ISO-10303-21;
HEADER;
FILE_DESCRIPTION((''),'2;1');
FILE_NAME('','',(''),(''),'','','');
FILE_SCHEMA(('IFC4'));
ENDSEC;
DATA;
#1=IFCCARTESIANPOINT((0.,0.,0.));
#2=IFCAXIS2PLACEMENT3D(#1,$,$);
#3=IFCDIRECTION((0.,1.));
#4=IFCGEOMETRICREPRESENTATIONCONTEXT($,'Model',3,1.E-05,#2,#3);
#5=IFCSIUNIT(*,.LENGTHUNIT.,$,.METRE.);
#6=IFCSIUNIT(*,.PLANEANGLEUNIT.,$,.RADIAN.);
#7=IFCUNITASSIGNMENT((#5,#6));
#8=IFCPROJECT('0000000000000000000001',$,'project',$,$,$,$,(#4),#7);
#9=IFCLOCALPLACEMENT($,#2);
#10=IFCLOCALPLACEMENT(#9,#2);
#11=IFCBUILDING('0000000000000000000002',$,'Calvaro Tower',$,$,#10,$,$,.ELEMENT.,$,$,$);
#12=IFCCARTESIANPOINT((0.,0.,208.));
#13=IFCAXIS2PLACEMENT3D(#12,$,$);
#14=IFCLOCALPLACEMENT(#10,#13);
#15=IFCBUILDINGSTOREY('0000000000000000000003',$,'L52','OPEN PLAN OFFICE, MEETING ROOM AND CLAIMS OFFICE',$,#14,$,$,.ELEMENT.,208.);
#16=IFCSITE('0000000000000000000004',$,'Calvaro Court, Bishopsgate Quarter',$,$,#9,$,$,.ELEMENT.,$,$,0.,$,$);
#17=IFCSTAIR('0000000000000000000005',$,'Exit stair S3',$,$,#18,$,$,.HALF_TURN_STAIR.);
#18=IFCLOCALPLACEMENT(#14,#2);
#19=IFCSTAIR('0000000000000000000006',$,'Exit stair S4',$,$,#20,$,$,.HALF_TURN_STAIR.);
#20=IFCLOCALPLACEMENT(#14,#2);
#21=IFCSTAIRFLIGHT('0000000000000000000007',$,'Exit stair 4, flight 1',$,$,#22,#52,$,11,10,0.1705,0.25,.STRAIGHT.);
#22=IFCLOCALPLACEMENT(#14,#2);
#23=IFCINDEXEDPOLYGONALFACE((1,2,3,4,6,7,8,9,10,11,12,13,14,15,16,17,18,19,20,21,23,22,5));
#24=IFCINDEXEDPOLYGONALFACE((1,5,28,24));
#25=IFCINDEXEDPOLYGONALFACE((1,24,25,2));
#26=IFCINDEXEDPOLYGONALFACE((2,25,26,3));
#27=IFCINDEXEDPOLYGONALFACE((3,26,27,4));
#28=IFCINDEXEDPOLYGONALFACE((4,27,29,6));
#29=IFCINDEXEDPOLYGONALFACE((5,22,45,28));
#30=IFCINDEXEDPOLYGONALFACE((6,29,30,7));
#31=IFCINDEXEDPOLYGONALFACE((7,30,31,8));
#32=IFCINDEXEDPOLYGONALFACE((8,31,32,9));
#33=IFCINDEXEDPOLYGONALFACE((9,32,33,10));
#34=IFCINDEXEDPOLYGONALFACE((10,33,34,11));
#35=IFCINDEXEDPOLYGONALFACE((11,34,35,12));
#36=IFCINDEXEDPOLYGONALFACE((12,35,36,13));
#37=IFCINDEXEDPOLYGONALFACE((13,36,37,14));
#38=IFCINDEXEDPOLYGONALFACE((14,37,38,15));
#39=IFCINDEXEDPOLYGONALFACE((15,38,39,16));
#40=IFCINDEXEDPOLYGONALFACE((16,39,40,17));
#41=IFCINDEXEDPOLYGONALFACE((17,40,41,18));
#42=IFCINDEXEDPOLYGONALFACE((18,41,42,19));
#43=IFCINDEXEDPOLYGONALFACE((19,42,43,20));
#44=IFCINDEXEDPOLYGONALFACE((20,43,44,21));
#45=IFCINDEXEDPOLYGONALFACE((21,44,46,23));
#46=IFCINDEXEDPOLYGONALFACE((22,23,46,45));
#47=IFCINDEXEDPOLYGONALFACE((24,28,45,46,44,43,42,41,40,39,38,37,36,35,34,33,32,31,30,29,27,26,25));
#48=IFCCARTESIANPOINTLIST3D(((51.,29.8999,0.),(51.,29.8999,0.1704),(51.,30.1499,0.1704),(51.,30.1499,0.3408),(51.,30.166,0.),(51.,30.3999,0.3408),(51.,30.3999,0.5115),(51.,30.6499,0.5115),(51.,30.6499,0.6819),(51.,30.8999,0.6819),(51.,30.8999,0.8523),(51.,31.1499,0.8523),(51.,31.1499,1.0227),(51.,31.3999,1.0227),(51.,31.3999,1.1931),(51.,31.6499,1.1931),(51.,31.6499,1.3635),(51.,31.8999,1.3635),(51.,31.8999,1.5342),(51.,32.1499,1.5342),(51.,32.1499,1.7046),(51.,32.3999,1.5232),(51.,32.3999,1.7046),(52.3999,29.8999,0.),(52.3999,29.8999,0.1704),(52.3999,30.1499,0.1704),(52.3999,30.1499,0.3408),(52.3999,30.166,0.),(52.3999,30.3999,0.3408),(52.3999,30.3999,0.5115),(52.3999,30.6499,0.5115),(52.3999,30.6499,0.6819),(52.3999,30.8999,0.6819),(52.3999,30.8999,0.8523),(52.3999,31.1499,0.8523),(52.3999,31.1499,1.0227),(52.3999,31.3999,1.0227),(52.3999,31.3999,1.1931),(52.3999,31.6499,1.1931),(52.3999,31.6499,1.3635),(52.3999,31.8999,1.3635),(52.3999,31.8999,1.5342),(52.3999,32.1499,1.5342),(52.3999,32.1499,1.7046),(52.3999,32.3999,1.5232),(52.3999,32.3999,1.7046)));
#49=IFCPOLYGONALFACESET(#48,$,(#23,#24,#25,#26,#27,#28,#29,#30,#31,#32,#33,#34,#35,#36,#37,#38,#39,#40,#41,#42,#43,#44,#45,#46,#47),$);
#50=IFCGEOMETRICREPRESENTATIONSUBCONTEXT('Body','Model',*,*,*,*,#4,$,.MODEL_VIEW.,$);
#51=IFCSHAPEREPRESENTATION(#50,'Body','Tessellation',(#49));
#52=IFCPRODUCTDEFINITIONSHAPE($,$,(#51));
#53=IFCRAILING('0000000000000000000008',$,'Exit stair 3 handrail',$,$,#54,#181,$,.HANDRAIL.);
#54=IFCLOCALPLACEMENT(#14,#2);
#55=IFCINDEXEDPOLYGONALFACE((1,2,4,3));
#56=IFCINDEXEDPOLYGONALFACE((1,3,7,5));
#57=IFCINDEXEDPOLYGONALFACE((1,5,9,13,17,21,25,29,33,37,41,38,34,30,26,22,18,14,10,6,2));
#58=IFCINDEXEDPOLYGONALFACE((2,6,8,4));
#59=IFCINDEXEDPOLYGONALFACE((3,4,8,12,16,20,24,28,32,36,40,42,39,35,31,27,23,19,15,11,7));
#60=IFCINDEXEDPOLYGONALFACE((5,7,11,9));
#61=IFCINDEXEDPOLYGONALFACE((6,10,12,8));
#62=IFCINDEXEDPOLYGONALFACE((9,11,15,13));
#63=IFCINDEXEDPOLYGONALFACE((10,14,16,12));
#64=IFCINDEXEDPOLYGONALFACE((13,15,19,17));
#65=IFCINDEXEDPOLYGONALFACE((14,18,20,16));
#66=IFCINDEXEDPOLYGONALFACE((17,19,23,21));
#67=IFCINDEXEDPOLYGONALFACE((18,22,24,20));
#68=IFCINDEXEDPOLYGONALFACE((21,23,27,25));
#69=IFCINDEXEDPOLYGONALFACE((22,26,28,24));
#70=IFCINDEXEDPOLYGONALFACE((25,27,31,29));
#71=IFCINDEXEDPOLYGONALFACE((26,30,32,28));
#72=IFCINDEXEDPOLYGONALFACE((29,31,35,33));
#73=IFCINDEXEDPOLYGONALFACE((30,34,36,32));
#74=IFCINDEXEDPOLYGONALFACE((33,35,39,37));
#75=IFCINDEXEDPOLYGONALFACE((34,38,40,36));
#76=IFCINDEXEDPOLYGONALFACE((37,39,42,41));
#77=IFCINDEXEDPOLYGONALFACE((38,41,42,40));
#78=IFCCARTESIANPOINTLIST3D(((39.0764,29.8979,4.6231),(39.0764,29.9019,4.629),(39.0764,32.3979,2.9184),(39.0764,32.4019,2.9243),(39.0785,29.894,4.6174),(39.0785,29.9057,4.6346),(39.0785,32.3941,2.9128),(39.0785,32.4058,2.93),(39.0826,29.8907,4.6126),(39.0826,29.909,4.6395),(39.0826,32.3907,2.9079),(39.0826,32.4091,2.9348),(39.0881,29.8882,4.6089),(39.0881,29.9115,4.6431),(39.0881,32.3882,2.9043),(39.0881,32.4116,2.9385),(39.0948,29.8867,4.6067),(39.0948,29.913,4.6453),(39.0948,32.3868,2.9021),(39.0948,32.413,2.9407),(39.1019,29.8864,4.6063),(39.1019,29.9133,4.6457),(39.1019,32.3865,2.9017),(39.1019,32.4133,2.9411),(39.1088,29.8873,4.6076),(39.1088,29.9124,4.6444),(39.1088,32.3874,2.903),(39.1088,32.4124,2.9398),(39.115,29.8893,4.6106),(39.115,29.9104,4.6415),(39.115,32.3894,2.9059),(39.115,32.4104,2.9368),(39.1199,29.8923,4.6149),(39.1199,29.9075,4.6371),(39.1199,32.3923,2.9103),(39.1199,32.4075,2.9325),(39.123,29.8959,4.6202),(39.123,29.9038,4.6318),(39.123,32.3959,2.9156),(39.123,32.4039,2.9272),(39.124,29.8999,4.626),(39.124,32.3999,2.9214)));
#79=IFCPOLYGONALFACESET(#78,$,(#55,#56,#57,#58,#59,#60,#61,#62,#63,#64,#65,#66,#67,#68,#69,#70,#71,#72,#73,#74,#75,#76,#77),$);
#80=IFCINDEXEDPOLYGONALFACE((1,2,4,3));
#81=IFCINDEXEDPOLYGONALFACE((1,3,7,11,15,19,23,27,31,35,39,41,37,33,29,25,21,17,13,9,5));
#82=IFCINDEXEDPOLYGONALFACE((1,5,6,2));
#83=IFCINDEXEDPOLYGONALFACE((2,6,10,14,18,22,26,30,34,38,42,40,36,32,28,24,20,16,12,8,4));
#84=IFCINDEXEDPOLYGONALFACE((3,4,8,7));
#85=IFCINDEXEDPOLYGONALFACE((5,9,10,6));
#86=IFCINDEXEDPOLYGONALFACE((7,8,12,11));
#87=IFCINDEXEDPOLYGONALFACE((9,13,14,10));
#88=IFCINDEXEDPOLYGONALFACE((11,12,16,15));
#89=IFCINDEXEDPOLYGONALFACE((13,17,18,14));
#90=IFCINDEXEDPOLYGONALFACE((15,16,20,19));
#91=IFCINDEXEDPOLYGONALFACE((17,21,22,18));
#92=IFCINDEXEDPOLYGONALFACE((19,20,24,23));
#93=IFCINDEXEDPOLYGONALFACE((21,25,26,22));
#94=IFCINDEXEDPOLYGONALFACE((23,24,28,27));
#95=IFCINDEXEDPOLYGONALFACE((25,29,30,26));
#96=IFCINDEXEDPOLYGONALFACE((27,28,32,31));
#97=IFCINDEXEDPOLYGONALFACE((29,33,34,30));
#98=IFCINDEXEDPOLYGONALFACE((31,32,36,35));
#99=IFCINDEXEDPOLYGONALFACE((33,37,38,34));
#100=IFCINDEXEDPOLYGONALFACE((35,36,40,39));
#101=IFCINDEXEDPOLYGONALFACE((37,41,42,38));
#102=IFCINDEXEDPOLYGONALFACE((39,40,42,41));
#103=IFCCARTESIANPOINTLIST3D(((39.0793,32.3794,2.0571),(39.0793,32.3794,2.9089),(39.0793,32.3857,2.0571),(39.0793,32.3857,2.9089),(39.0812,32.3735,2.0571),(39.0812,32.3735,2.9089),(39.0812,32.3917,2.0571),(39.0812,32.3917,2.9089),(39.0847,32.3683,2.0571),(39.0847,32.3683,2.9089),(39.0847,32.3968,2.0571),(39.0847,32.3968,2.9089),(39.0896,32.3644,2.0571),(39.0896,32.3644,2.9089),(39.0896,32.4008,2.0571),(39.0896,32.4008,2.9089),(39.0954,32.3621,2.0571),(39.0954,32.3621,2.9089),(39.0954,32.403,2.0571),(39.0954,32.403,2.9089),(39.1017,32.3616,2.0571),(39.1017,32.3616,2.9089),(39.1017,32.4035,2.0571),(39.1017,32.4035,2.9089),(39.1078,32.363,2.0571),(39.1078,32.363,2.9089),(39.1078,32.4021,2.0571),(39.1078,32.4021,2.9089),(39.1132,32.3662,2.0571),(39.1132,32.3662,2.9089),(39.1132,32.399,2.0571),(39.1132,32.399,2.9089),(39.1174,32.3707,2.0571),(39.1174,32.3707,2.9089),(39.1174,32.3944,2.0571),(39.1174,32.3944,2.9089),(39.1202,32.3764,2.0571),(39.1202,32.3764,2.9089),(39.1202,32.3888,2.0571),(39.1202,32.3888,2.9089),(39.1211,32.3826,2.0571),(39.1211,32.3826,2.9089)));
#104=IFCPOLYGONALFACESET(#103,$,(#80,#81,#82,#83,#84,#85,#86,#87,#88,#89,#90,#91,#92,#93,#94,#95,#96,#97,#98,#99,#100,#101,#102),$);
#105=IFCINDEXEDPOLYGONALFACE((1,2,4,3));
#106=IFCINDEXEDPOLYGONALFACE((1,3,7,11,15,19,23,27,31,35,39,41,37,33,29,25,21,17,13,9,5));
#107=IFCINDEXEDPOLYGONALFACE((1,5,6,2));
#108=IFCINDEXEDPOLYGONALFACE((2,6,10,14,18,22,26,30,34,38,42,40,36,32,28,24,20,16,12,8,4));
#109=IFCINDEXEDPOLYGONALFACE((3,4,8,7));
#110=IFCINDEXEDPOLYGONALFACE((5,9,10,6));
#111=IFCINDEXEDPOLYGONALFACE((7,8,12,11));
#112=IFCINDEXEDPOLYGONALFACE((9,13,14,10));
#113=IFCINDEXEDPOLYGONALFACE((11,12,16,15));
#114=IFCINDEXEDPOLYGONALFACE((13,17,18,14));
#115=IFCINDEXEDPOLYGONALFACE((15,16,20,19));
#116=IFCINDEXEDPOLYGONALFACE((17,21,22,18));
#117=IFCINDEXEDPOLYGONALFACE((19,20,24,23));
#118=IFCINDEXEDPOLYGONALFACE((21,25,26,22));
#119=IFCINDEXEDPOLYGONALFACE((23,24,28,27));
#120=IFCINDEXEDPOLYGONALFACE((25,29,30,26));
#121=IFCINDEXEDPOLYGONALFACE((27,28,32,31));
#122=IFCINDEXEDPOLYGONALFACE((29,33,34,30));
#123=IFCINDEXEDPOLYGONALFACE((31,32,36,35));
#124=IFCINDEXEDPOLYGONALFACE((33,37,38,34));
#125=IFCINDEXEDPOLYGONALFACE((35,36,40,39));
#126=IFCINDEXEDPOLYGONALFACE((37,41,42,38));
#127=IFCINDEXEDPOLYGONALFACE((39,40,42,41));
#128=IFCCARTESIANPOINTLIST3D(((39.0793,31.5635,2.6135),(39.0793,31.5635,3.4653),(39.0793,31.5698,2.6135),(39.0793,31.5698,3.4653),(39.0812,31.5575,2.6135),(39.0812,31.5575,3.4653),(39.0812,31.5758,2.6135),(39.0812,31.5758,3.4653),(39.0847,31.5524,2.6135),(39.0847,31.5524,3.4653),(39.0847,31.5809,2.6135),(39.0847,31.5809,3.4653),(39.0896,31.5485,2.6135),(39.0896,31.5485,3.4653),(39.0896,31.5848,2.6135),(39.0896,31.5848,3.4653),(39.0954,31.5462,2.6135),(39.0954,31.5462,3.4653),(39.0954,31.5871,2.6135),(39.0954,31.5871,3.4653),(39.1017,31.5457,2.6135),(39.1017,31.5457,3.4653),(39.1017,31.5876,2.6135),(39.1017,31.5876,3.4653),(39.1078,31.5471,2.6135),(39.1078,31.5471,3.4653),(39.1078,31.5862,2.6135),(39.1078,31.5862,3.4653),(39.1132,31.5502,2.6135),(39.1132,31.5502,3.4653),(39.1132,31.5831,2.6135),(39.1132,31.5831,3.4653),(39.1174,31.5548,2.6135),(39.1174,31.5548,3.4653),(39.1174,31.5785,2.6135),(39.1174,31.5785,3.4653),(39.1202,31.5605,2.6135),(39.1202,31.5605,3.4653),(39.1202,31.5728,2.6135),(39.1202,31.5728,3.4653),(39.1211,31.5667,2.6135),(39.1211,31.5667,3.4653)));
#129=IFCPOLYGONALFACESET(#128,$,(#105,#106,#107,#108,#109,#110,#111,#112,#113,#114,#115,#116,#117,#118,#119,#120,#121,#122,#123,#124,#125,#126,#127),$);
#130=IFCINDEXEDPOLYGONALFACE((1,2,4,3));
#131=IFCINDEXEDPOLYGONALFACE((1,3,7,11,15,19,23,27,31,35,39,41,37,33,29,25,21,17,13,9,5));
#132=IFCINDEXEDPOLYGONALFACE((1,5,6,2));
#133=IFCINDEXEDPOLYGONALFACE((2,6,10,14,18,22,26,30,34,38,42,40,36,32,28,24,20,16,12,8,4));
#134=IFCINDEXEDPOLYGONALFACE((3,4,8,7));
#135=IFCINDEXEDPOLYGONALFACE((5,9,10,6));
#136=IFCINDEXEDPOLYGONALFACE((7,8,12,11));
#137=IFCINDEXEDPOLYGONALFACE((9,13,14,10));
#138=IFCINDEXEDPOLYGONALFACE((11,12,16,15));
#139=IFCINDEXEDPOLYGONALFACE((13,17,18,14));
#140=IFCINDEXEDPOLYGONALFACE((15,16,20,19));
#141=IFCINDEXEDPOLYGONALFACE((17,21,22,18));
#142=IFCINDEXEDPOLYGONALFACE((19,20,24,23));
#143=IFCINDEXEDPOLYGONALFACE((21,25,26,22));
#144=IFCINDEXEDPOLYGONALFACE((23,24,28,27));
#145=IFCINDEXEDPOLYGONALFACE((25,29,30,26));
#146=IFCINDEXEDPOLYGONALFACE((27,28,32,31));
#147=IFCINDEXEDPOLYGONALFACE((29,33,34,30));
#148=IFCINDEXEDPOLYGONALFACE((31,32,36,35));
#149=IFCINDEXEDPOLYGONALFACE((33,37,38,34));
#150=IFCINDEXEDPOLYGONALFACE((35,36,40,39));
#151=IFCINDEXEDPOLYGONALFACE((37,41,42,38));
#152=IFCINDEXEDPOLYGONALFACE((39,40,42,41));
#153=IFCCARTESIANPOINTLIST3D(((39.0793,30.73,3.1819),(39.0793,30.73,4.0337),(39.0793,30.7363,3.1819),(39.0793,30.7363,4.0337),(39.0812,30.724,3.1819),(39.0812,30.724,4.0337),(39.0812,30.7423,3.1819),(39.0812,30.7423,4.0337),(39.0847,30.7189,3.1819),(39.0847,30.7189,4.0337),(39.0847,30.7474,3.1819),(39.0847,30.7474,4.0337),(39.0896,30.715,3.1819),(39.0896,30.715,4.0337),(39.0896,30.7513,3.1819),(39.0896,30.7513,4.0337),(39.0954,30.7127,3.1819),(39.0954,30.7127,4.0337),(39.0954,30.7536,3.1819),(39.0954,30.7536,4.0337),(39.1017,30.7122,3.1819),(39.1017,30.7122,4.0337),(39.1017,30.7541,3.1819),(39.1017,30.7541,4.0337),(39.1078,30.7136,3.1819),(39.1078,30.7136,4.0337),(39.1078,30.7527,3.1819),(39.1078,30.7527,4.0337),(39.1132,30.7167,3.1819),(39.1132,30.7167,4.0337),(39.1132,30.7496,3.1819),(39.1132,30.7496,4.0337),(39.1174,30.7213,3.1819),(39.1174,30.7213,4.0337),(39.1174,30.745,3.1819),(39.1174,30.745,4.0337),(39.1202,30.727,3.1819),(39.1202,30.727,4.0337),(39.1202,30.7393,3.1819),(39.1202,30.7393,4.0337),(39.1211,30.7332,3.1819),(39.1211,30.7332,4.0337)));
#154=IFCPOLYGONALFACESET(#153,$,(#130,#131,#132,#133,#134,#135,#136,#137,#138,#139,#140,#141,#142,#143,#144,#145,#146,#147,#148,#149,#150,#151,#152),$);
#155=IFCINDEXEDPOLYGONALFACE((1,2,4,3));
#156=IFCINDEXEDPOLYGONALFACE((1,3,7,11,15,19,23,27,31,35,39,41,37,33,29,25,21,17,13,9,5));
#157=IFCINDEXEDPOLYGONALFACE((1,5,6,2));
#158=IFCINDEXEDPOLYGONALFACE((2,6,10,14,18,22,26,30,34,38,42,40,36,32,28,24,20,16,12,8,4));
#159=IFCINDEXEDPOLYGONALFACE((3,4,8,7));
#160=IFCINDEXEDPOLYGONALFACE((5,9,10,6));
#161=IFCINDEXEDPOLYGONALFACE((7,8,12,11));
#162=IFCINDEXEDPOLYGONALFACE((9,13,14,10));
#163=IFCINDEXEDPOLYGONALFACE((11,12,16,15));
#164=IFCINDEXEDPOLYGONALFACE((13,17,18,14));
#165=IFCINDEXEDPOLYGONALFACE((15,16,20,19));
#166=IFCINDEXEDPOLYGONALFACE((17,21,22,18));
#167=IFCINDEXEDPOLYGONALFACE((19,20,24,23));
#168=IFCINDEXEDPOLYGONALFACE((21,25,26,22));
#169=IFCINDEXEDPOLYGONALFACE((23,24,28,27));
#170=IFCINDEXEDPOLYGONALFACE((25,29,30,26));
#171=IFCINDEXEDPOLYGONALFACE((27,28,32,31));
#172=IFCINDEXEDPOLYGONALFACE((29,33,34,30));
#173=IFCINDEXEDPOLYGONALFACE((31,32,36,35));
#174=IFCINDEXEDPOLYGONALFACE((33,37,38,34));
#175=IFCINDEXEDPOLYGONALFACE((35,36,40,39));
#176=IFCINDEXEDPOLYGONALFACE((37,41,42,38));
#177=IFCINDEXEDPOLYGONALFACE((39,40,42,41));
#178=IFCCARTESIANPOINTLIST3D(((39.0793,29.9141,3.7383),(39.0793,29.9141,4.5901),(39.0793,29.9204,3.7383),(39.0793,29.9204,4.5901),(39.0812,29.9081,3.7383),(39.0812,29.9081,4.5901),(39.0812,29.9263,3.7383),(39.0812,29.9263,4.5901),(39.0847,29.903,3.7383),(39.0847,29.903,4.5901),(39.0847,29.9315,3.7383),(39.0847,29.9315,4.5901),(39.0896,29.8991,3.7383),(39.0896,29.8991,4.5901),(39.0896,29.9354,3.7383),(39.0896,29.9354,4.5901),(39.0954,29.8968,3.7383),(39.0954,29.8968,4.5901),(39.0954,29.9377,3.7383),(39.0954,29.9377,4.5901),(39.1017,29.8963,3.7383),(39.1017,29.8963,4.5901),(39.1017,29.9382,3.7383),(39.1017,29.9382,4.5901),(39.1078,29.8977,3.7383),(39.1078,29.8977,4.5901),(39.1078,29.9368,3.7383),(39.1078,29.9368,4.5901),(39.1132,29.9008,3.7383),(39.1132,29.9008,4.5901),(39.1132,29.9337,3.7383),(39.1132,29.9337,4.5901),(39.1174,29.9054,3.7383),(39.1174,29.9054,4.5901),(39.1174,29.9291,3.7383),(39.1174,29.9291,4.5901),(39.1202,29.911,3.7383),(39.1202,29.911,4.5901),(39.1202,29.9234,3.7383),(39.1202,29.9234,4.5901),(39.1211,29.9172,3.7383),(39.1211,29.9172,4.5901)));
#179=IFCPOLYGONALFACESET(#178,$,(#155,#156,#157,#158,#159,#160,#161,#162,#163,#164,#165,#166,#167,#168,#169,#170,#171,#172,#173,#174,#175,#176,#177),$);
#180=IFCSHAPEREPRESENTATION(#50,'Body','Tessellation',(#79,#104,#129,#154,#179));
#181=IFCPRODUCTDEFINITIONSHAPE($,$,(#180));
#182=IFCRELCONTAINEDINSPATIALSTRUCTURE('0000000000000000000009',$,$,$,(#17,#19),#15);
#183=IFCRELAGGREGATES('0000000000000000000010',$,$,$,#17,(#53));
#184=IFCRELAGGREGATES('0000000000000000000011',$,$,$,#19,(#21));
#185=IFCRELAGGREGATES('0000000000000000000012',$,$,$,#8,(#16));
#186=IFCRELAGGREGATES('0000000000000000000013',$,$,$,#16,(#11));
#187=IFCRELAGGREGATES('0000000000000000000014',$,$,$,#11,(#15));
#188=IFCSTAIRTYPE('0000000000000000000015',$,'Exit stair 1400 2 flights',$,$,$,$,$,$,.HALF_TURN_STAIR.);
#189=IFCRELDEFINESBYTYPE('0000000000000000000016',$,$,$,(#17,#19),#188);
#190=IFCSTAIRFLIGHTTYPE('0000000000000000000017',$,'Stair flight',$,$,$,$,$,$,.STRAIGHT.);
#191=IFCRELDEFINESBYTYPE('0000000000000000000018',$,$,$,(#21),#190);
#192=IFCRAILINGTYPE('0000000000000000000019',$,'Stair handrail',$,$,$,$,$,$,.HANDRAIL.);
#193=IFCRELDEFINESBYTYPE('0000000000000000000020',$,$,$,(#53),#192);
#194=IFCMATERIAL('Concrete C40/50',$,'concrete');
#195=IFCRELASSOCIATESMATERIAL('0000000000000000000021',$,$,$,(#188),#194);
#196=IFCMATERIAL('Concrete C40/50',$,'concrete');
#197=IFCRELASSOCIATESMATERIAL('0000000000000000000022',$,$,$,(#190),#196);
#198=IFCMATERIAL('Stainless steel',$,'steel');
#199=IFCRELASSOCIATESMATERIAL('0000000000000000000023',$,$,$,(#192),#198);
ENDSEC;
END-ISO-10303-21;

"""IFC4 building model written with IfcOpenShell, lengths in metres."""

from ifc_helpers import new_model, si_unit, direction, frame, origin, origin_2d, place, context, subcontext, project, spatial, polyline, circle, outline, extrude, material, type_object, element, aggregate, save


model = new_model("IFC4")

# Units and contexts
model_context = context("Model", 3, precision=1e-05, world=origin(), true_north=direction((0.0, 1.0)))
body_context = subcontext(model_context, "Body", "Model", "MODEL_VIEW")
ifc_project = project(units=[si_unit("LENGTHUNIT", "METRE"), si_unit("PLANEANGLEUNIT", "RADIAN")], contexts=[model_context])

# Site, building, storey
site_placement = place(None, origin())
site = spatial("IfcSite", under=ifc_project, at=site_placement, Name="Calvaro Court, Bishopsgate Quarter", CompositionType="ELEMENT", RefElevation=0.0)
building_placement = place(site_placement, origin())
building = spatial("IfcBuilding", under=site, at=building_placement, Name="Calvaro Tower", CompositionType="ELEMENT")
storey_placement = place(building_placement, frame((0.0, 0.0, 208.0)))
storey = spatial("IfcBuildingStorey", under=building, at=storey_placement, Name="L52", Description="OPEN PLAN OFFICE, MEETING ROOM AND CLAIMS OFFICE", CompositionType="ELEMENT", Elevation=208.0)

# Stairs, stair flight
ifc_material_1 = material(Name="Concrete C40/50", Category="concrete")
stair_type = type_object("IfcStairType", Name="Exit stair 1400 2 flights", PredefinedType="HALF_TURN_STAIR", material=ifc_material_1)
stair_1_placement = place(storey_placement, origin())
stair_1 = element("IfcStair", 1, at=stair_1_placement, inside=storey, type_object=stair_type, Name="Exit stair S3", PredefinedType="HALF_TURN_STAIR")
ifc_material_2 = material(Name="Concrete C40/50", Category="concrete")
stair_flight_type = type_object("IfcStairFlightType", Name="Stair flight", PredefinedType="STRAIGHT", material=ifc_material_2)
stair_2_placement = place(storey_placement, origin())
stair_2 = element("IfcStair", 2, at=stair_2_placement, inside=storey, type_object=stair_type, Name="Exit stair S4", PredefinedType="HALF_TURN_STAIR")
stair_flight_1_placement = place(storey_placement, frame((51.7, 29.8999, 0.0), z_axis=(0.0, 0.0, 1.0), x_axis=(0.0, 1.0, 0.0)))
stair_flight_1 = element("IfcStairFlight", 3, at=stair_flight_1_placement, type_object=stair_flight_type, Name="Exit stair 4, flight 1", NumberOfRisers=11, NumberOfTreads=10, PredefinedType="STRAIGHT", RiserHeight=0.1705, TreadLength=0.25, context=body_context, shape_type="SweptSolid", body=[
    extrude(outline(polyline([(0.0, 0.0), (0.0, 0.1704), (0.25, 0.1704), (0.25, 0.3408), (0.5, 0.3408), (0.5, 0.5115), (0.75, 0.5115), (0.75, 0.6819), (1.0, 0.6819), (1.0, 0.8523), (1.25, 0.8523), (1.25, 1.0227), (1.5, 1.0227), (1.5, 1.1931), (1.75, 1.1931), (1.75, 1.3635), (2.0, 1.3635), (2.0, 1.5342), (2.25, 1.5342), (2.25, 1.7046), (2.5, 1.7046), (2.5, 1.875), (2.5, 1.5232), (0.2661, 0.0), (0.0, 0.0)])), frame((0.0, 0.7, 0.0), z_axis=(0.0, -1.0, 0.0), x_axis=(1.0, 0.0, 0.0)), (0.0, 0.0, 1.0), 1.3999),
])

# Railing
ifc_material_3 = material(Name="Stainless steel", Category="steel")
railing_type = type_object("IfcRailingType", Name="Stair handrail", PredefinedType="HANDRAIL", material=ifc_material_3)
railing_1_placement = place(storey_placement, frame((39.1001, 32.3999, 2.0454)))
railing_1 = element("IfcRailing", 4, at=railing_1_placement, type_object=railing_type, Name="Exit stair 3 handrail", PredefinedType="HANDRAIL", context=body_context, shape_type="SweptSolid", body=[
    extrude(circle(Radius=0.0239, at=origin_2d()), frame((0.0, 0.0, 0.876), z_axis=(0.0, -0.826221, 0.563347), x_axis=(1.0, 0.0, 0.0)), (0.0, 0.0, 1.0), 3.0259),
    extrude(circle(Radius=0.021, at=origin_2d()), frame((0.0, -0.0173, 0.0117)), (0.0, 0.0, 1.0), 0.8518),
    extrude(circle(Radius=0.021, at=origin_2d()), frame((0.0, -0.8333, 0.5681)), (0.0, 0.0, 1.0), 0.8518),
    extrude(circle(Radius=0.021, at=origin_2d()), frame((0.0, -1.6667, 1.1365)), (0.0, 0.0, 1.0), 0.8518),
    extrude(circle(Radius=0.021, at=origin_2d()), frame((0.0, -2.4827, 1.6929)), (0.0, 0.0, 1.0), 0.8518),
])
aggregate(stair_1, [railing_1])
aggregate(stair_2, [stair_flight_1])

save(model, "model.ifc")
